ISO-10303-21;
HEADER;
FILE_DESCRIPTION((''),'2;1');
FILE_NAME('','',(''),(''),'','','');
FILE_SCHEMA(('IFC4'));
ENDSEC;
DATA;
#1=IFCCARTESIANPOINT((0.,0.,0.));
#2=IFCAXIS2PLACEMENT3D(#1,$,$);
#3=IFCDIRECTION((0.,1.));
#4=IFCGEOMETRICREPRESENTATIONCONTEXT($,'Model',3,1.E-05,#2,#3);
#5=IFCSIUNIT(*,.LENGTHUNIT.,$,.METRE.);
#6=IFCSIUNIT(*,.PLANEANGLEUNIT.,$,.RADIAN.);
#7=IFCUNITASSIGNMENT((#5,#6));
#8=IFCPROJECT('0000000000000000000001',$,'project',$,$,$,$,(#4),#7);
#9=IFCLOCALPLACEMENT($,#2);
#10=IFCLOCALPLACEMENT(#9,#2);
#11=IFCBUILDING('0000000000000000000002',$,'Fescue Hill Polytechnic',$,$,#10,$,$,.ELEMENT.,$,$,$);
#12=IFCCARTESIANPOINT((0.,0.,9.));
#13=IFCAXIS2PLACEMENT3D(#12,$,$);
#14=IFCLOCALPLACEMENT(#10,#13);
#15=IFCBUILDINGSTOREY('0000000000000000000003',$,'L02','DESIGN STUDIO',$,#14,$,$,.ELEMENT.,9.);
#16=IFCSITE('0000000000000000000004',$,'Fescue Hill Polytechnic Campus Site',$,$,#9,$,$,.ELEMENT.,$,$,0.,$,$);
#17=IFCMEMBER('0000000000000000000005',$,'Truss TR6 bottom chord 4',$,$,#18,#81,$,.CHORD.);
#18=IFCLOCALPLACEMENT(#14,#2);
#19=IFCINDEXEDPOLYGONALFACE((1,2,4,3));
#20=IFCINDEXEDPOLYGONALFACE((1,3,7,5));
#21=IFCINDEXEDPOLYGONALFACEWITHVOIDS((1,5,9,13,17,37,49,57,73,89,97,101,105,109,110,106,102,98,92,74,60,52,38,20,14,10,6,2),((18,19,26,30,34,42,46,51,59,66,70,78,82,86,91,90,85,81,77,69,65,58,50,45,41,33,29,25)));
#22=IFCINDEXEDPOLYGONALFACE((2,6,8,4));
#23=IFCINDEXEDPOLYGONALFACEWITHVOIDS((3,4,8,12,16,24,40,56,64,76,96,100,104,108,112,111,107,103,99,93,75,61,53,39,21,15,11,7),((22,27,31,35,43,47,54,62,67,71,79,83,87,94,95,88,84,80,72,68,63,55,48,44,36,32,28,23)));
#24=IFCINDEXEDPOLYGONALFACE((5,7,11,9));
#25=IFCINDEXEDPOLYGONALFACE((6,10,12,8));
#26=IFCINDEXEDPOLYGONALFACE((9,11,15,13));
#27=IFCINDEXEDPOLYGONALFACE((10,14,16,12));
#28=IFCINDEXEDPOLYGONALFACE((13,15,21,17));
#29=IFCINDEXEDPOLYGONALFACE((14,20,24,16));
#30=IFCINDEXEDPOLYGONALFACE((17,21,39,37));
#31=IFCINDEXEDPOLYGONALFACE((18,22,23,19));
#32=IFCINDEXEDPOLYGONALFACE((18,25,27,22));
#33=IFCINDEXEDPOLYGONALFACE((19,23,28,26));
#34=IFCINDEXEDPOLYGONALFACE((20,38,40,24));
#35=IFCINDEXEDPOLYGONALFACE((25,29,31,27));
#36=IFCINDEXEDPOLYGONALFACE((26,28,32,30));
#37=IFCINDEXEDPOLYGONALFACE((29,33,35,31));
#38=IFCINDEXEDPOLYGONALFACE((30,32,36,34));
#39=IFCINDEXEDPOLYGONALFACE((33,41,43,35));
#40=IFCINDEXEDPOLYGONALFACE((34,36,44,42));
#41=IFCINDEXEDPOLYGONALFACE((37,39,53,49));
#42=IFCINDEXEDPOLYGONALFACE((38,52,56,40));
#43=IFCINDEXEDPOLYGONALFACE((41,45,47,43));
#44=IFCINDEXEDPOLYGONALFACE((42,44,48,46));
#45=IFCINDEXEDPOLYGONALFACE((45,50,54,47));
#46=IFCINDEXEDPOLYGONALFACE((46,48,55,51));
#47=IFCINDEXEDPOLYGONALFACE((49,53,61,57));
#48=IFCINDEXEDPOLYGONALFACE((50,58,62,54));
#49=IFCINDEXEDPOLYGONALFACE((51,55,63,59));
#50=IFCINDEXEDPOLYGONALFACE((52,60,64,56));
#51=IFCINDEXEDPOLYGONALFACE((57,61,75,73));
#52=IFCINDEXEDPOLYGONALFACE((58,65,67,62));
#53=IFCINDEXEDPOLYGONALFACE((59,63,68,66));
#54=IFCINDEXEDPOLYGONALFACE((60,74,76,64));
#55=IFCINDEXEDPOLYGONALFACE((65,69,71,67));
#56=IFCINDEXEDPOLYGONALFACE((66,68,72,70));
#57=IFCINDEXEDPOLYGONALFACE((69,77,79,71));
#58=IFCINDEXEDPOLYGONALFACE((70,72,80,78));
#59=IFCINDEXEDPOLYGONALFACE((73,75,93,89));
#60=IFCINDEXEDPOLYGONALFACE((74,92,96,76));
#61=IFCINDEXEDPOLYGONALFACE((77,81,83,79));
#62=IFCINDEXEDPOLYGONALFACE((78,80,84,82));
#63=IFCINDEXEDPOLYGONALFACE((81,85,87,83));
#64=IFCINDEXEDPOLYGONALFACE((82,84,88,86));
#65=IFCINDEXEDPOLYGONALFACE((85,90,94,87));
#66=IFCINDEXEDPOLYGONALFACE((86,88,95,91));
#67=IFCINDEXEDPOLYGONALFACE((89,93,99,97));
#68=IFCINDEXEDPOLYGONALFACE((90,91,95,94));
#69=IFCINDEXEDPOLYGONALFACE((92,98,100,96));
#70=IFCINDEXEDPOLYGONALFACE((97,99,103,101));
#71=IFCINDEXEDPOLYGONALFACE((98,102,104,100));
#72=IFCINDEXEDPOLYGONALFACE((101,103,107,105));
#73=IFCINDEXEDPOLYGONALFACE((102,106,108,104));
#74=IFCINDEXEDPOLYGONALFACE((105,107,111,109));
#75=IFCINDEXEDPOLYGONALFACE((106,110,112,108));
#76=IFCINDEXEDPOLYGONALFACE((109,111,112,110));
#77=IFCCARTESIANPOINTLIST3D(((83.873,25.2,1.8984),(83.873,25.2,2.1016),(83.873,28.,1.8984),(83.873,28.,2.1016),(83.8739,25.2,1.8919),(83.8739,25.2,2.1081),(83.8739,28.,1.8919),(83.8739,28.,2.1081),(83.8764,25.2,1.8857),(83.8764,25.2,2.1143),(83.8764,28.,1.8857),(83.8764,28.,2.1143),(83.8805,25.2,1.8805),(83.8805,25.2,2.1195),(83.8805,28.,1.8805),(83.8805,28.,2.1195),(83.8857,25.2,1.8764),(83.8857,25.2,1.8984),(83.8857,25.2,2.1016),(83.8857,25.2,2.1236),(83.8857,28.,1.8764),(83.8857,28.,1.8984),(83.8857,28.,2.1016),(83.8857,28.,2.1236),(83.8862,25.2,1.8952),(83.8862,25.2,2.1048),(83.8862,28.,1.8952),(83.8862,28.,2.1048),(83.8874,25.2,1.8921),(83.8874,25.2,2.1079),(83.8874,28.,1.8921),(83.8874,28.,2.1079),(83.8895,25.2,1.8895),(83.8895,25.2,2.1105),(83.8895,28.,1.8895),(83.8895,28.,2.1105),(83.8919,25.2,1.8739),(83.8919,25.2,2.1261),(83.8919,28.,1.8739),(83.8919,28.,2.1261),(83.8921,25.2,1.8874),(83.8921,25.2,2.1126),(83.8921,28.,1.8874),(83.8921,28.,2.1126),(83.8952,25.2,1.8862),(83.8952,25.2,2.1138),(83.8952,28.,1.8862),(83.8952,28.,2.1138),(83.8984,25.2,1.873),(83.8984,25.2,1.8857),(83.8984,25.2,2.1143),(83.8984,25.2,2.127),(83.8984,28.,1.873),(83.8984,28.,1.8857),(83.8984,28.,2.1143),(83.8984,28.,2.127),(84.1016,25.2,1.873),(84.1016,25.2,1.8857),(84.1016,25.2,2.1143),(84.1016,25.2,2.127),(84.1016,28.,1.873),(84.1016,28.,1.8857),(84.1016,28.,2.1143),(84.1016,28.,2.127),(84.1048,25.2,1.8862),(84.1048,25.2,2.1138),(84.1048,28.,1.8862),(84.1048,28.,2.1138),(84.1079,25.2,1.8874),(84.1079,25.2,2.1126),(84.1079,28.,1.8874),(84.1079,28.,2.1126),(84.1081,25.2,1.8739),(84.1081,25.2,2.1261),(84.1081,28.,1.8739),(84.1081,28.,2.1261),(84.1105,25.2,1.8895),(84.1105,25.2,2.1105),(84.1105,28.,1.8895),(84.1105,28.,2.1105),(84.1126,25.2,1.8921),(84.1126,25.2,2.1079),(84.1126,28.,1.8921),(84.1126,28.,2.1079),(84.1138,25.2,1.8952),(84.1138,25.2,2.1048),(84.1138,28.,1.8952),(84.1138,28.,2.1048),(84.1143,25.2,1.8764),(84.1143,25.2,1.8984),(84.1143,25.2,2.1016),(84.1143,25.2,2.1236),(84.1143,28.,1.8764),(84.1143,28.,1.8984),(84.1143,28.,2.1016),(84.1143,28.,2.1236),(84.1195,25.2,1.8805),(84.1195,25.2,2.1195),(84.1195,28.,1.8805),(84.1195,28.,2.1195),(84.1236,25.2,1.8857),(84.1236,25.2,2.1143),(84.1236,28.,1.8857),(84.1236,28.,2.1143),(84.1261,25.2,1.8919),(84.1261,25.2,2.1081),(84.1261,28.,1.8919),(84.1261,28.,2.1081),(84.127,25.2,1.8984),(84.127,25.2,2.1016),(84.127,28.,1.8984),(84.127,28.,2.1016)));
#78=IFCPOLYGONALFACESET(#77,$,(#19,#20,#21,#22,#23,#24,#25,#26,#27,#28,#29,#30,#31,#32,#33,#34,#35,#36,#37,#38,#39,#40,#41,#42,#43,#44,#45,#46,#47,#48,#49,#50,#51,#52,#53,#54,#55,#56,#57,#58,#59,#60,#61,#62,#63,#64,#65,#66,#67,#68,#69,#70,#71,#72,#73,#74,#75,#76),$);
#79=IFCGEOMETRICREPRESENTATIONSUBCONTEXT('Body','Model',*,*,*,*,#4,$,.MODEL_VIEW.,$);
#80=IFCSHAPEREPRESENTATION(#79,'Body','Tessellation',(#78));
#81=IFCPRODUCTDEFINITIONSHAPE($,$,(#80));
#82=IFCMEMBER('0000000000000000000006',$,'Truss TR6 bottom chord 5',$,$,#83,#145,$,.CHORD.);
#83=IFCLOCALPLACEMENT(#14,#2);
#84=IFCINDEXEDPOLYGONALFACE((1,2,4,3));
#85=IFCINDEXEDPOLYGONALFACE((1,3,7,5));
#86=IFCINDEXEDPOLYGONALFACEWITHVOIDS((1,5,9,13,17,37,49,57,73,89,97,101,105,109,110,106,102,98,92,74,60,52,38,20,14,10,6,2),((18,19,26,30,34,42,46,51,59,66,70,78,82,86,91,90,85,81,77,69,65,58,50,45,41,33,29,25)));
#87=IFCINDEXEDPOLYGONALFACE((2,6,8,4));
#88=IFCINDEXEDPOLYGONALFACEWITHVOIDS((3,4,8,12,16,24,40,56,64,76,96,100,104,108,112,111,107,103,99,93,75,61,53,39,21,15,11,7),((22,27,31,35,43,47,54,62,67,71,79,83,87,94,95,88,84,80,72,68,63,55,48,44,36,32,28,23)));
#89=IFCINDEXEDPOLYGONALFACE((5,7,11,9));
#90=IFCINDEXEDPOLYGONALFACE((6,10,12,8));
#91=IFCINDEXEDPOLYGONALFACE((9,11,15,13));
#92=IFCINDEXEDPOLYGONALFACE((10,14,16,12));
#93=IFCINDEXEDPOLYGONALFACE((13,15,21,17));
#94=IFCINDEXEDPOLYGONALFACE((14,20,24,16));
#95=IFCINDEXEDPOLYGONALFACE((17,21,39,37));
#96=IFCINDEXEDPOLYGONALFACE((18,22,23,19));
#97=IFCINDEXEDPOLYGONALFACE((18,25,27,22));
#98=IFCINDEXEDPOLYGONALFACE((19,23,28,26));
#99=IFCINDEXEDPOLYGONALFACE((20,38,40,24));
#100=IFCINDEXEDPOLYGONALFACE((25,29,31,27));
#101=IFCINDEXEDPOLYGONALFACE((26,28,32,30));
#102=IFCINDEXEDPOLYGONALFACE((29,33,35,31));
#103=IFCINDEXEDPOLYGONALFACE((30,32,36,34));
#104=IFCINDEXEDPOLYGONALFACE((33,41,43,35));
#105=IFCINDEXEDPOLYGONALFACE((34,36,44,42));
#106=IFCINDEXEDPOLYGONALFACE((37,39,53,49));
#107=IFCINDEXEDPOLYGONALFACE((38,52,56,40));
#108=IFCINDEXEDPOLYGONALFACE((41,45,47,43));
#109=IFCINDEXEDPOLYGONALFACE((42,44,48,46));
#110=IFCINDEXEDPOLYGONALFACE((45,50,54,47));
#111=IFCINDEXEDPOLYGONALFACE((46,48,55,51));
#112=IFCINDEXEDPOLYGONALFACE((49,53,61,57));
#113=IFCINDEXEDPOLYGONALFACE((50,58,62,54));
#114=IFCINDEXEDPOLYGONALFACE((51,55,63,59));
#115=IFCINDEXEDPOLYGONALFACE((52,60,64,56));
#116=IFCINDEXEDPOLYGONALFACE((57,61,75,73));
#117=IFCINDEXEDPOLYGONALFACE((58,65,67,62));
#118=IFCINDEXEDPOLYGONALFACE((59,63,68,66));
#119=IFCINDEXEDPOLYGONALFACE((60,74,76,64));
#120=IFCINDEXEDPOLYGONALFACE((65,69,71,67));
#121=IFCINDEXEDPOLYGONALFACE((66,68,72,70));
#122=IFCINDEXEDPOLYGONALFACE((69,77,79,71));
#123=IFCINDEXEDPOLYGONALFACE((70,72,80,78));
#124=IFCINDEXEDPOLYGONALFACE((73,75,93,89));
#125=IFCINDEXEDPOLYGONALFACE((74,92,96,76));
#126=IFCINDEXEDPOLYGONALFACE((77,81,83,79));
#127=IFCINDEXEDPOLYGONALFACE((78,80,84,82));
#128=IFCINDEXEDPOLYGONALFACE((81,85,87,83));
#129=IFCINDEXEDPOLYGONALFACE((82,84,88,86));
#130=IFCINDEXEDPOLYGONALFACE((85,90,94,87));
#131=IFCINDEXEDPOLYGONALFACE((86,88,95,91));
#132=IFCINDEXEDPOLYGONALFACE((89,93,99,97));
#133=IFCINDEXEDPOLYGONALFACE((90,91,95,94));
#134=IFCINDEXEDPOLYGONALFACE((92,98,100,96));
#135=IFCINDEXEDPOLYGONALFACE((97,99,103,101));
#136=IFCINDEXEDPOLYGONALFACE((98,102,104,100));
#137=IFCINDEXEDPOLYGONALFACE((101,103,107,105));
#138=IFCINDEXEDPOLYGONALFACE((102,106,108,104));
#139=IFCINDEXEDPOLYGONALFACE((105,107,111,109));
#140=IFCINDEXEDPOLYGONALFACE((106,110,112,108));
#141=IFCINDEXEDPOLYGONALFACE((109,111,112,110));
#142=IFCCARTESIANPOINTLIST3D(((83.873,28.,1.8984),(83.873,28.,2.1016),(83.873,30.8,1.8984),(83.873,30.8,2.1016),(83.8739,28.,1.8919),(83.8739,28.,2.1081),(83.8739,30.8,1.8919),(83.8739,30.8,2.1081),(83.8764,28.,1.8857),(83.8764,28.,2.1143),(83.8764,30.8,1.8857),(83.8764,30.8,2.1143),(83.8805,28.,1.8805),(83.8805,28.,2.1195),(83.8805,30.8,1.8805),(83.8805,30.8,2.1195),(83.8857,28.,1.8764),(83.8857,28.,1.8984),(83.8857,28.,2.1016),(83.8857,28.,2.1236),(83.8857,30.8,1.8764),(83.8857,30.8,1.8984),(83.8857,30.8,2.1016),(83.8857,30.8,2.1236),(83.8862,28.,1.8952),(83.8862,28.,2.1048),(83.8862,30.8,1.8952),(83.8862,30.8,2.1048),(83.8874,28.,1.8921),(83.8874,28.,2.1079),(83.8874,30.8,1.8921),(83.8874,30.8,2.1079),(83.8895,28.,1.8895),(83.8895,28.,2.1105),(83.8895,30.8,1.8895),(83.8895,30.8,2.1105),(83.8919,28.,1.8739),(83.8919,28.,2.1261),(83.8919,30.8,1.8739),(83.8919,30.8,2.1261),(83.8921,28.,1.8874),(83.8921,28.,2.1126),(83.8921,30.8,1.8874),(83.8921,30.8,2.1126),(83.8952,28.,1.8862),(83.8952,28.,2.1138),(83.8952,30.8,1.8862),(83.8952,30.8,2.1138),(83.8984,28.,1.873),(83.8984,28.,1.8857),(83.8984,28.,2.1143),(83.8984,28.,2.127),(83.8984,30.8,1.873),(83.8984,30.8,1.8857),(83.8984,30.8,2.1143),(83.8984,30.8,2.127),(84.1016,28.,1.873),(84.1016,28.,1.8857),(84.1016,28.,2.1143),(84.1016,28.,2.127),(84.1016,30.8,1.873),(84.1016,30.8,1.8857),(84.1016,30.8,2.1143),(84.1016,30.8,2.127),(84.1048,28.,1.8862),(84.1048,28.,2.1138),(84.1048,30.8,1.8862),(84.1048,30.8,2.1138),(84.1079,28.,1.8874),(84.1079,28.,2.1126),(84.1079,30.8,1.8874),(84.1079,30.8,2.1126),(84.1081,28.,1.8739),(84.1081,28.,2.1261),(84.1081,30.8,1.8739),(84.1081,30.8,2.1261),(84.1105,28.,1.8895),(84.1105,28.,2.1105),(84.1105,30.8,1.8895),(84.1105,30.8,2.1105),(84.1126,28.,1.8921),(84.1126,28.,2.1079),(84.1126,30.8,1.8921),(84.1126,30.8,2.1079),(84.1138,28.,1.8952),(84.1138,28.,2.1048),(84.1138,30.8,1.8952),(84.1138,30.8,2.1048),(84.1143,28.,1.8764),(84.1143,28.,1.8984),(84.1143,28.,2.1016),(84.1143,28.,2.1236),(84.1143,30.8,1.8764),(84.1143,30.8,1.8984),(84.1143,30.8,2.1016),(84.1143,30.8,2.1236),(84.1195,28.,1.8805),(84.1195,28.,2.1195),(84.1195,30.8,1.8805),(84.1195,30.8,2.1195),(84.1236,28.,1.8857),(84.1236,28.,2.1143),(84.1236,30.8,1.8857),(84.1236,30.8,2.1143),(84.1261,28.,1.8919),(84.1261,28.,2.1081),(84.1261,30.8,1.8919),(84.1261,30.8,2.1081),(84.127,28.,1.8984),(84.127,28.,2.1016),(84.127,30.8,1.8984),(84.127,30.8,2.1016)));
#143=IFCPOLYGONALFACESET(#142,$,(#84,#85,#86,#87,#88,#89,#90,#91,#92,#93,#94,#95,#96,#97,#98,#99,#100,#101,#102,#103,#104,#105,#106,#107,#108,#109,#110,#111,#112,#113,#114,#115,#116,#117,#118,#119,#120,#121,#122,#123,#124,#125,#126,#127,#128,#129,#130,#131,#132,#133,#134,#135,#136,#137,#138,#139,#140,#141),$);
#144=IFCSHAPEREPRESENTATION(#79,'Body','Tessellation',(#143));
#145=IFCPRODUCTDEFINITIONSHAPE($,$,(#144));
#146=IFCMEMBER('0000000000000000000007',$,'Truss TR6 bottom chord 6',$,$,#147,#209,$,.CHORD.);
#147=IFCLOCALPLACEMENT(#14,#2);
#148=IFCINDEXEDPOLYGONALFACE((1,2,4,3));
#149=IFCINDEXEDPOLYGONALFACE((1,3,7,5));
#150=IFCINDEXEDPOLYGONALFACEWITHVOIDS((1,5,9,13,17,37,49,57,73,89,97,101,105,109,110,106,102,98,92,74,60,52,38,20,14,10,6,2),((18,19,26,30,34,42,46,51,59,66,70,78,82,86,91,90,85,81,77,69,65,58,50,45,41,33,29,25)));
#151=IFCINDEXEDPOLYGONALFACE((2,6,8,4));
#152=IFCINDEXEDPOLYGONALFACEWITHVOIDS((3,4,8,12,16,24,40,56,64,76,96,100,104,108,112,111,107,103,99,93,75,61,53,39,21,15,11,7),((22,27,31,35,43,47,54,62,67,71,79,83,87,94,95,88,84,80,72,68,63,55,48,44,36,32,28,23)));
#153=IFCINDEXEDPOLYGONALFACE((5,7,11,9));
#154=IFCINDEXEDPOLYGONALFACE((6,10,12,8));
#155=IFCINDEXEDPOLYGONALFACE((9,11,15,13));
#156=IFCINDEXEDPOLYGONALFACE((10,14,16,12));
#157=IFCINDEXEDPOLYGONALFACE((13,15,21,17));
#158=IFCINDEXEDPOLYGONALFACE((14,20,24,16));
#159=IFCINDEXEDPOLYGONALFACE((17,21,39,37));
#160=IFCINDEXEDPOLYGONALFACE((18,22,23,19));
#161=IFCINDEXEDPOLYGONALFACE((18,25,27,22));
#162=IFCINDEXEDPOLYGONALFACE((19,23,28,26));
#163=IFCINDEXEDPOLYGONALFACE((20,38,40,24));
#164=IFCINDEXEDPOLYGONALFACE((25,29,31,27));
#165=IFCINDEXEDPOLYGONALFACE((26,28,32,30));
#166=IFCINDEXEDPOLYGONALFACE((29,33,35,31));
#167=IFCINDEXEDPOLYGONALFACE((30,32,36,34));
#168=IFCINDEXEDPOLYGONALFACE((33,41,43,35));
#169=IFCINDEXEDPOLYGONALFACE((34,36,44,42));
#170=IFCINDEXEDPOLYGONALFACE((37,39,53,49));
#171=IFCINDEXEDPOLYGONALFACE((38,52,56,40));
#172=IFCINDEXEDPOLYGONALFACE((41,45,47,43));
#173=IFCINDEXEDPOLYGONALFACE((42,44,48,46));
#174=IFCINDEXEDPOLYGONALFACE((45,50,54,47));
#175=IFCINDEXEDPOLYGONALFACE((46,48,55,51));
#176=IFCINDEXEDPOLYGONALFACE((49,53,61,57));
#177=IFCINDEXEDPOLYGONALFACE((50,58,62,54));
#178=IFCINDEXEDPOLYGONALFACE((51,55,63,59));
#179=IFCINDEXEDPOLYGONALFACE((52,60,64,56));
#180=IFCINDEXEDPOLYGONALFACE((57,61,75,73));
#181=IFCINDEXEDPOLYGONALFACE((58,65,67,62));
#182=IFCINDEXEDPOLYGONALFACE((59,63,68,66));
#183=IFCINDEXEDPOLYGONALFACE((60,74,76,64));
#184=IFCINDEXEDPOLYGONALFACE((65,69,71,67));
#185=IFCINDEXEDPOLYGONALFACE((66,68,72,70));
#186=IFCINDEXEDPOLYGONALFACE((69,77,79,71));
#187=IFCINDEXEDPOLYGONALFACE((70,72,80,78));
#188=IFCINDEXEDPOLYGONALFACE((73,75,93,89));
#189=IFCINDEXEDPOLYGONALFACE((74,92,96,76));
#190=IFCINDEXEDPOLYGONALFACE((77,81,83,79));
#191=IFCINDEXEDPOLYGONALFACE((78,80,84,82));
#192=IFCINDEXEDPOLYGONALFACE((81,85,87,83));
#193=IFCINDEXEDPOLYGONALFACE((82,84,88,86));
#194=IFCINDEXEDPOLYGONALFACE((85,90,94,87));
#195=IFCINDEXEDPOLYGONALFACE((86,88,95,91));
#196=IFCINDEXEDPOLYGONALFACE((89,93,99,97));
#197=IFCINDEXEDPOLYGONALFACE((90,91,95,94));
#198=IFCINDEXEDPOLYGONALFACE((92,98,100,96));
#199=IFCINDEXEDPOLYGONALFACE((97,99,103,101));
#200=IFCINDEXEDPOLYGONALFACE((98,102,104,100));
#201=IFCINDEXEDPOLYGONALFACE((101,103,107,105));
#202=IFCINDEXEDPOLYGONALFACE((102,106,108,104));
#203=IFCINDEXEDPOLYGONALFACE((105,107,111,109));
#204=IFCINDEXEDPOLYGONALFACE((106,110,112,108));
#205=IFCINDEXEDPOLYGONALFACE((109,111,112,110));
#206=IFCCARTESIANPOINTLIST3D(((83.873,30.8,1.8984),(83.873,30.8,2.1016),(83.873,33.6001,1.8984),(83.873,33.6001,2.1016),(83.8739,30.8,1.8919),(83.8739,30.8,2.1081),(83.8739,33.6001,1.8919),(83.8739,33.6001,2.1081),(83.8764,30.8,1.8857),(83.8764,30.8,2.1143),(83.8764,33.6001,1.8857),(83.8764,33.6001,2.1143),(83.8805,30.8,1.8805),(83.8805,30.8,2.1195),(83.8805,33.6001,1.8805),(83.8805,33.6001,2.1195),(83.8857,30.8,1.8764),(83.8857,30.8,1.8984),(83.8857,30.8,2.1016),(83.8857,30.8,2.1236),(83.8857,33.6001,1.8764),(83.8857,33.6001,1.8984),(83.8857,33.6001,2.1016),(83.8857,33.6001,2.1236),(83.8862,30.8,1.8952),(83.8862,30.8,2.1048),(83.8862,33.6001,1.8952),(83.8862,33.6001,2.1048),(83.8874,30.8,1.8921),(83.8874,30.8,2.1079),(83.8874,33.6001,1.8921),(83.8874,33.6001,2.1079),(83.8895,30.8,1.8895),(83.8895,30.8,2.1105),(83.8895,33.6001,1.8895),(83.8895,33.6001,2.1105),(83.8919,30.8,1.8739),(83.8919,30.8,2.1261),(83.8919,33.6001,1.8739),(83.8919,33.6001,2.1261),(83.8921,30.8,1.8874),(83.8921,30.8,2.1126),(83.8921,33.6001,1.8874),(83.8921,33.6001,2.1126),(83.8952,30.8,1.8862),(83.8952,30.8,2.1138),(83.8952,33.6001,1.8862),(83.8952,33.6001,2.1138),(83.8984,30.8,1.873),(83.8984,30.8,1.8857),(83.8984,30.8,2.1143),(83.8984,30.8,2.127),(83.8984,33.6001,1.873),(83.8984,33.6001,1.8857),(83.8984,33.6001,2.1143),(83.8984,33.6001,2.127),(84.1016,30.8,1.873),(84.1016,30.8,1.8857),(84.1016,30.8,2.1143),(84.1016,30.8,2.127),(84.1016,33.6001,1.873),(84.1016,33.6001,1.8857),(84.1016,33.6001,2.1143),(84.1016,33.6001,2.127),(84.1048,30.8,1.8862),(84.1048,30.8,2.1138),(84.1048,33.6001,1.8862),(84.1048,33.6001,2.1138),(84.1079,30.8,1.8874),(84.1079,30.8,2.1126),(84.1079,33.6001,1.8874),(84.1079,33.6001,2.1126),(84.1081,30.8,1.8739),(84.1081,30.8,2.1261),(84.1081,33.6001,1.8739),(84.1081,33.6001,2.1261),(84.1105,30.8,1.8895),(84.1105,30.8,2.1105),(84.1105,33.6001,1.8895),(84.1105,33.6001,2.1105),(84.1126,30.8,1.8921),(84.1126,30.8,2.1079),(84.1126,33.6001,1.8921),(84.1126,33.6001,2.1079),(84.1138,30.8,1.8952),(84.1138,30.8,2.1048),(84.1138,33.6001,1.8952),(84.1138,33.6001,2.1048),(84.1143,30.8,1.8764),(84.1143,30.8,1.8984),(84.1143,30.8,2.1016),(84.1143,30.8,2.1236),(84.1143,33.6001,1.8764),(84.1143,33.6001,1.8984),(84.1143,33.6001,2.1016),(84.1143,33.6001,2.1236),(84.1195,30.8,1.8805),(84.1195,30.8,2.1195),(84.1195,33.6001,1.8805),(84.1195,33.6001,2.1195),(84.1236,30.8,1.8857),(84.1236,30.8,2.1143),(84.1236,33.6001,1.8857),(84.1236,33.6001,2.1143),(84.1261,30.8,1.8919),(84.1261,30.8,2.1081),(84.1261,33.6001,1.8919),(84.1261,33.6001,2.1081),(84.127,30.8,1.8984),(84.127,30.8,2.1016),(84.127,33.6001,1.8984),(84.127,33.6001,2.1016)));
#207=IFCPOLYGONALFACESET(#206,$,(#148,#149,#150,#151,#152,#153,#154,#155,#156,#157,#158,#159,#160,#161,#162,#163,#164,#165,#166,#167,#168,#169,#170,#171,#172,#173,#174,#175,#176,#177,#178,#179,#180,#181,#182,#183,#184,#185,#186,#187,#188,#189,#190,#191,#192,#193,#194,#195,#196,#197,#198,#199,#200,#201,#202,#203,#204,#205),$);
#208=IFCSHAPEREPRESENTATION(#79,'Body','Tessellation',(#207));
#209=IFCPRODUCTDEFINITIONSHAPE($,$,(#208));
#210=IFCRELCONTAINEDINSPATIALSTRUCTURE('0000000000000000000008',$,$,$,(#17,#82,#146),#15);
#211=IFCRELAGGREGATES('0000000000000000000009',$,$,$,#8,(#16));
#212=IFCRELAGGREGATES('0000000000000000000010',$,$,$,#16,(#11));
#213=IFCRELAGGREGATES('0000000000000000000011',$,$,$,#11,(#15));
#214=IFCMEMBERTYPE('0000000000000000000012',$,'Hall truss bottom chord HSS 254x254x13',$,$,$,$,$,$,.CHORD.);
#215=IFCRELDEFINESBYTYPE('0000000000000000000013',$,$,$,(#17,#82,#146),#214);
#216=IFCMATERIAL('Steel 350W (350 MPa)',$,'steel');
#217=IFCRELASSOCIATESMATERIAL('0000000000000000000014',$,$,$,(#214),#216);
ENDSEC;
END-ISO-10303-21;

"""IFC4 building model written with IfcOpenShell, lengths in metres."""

from ifc_helpers import new_model, si_unit, direction, frame, origin, origin_2d, place, context, subcontext, project, spatial, hollow_rectangle, extrude, material, material_profile, profile_set, type_object, element, save


model = new_model("IFC4")

# Units and contexts
model_context = context("Model", 3, precision=1e-05, world=origin(), true_north=direction((0.0, 1.0)))
body_context = subcontext(model_context, "Body", "Model", "MODEL_VIEW")
ifc_project = project(units=[si_unit("LENGTHUNIT", "METRE"), si_unit("PLANEANGLEUNIT", "RADIAN")], contexts=[model_context])

# Site, building, storey
site_placement = place(None, origin())
site = spatial("IfcSite", under=ifc_project, at=site_placement, Name="Fescue Hill Polytechnic Campus Site", CompositionType="ELEMENT", RefElevation=0.0)
building_placement = place(site_placement, origin())
building = spatial("IfcBuilding", under=site, at=building_placement, Name="Fescue Hill Polytechnic", CompositionType="ELEMENT")
storey_placement = place(building_placement, frame((0.0, 0.0, 9.0)))
storey = spatial("IfcBuildingStorey", under=building, at=storey_placement, Name="L02", Description="DESIGN STUDIO", CompositionType="ELEMENT", Elevation=9.0)

# Members
ifc_material = material(Name="Steel 350W (350 MPa)", Category="steel")
ifc_material_profile_1 = material_profile(ifc_material, hollow_rectangle(XDim=0.2539, YDim=0.2539, WallThickness=0.0127, InnerFilletRadius=0.0127, OuterFilletRadius=0.0254, at=origin_2d()), Name="Hall truss bottom chord HSS 254x254x13")
ifc_profile_set_1 = profile_set([ifc_material_profile_1], Name="Steel 350W (350 MPa)")
member_type_1 = type_object("IfcMemberType", Name="Hall truss bottom chord HSS 254x254x13", PredefinedType="CHORD", material=ifc_profile_set_1)
for number, where, z_axis, x_axis, name in (
    (1, (84.0, 25.2, 2.0), (0.0, 1.0, 0.0), (-1.0, 0.0, 0.0), "Truss TR6 bottom chord 4"),
    (2, (84.0, 28.0, 2.0), (0.0, 1.0, 0.0), (-1.0, 0.0, 0.0), "Truss TR6 bottom chord 5"),
    (3, (84.0, 30.8, 2.0), (0.0, 1.0, 0.0), (-1.0, 0.0, 0.0), "Truss TR6 bottom chord 6"),
):
    element("IfcMember", number, at=place(storey_placement, frame(where, z_axis=z_axis, x_axis=x_axis)), inside=storey, type_object=member_type_1, Name=name, PredefinedType="CHORD", context=body_context, shape_type="SweptSolid", body=[
        extrude(hollow_rectangle(XDim=0.2539, YDim=0.2539, WallThickness=0.0127, InnerFilletRadius=0.0127, OuterFilletRadius=0.0254, at=origin_2d()), origin(), (0.0, 0.0, 1.0), 2.8),
    ])

save(model, "model.ifc")
